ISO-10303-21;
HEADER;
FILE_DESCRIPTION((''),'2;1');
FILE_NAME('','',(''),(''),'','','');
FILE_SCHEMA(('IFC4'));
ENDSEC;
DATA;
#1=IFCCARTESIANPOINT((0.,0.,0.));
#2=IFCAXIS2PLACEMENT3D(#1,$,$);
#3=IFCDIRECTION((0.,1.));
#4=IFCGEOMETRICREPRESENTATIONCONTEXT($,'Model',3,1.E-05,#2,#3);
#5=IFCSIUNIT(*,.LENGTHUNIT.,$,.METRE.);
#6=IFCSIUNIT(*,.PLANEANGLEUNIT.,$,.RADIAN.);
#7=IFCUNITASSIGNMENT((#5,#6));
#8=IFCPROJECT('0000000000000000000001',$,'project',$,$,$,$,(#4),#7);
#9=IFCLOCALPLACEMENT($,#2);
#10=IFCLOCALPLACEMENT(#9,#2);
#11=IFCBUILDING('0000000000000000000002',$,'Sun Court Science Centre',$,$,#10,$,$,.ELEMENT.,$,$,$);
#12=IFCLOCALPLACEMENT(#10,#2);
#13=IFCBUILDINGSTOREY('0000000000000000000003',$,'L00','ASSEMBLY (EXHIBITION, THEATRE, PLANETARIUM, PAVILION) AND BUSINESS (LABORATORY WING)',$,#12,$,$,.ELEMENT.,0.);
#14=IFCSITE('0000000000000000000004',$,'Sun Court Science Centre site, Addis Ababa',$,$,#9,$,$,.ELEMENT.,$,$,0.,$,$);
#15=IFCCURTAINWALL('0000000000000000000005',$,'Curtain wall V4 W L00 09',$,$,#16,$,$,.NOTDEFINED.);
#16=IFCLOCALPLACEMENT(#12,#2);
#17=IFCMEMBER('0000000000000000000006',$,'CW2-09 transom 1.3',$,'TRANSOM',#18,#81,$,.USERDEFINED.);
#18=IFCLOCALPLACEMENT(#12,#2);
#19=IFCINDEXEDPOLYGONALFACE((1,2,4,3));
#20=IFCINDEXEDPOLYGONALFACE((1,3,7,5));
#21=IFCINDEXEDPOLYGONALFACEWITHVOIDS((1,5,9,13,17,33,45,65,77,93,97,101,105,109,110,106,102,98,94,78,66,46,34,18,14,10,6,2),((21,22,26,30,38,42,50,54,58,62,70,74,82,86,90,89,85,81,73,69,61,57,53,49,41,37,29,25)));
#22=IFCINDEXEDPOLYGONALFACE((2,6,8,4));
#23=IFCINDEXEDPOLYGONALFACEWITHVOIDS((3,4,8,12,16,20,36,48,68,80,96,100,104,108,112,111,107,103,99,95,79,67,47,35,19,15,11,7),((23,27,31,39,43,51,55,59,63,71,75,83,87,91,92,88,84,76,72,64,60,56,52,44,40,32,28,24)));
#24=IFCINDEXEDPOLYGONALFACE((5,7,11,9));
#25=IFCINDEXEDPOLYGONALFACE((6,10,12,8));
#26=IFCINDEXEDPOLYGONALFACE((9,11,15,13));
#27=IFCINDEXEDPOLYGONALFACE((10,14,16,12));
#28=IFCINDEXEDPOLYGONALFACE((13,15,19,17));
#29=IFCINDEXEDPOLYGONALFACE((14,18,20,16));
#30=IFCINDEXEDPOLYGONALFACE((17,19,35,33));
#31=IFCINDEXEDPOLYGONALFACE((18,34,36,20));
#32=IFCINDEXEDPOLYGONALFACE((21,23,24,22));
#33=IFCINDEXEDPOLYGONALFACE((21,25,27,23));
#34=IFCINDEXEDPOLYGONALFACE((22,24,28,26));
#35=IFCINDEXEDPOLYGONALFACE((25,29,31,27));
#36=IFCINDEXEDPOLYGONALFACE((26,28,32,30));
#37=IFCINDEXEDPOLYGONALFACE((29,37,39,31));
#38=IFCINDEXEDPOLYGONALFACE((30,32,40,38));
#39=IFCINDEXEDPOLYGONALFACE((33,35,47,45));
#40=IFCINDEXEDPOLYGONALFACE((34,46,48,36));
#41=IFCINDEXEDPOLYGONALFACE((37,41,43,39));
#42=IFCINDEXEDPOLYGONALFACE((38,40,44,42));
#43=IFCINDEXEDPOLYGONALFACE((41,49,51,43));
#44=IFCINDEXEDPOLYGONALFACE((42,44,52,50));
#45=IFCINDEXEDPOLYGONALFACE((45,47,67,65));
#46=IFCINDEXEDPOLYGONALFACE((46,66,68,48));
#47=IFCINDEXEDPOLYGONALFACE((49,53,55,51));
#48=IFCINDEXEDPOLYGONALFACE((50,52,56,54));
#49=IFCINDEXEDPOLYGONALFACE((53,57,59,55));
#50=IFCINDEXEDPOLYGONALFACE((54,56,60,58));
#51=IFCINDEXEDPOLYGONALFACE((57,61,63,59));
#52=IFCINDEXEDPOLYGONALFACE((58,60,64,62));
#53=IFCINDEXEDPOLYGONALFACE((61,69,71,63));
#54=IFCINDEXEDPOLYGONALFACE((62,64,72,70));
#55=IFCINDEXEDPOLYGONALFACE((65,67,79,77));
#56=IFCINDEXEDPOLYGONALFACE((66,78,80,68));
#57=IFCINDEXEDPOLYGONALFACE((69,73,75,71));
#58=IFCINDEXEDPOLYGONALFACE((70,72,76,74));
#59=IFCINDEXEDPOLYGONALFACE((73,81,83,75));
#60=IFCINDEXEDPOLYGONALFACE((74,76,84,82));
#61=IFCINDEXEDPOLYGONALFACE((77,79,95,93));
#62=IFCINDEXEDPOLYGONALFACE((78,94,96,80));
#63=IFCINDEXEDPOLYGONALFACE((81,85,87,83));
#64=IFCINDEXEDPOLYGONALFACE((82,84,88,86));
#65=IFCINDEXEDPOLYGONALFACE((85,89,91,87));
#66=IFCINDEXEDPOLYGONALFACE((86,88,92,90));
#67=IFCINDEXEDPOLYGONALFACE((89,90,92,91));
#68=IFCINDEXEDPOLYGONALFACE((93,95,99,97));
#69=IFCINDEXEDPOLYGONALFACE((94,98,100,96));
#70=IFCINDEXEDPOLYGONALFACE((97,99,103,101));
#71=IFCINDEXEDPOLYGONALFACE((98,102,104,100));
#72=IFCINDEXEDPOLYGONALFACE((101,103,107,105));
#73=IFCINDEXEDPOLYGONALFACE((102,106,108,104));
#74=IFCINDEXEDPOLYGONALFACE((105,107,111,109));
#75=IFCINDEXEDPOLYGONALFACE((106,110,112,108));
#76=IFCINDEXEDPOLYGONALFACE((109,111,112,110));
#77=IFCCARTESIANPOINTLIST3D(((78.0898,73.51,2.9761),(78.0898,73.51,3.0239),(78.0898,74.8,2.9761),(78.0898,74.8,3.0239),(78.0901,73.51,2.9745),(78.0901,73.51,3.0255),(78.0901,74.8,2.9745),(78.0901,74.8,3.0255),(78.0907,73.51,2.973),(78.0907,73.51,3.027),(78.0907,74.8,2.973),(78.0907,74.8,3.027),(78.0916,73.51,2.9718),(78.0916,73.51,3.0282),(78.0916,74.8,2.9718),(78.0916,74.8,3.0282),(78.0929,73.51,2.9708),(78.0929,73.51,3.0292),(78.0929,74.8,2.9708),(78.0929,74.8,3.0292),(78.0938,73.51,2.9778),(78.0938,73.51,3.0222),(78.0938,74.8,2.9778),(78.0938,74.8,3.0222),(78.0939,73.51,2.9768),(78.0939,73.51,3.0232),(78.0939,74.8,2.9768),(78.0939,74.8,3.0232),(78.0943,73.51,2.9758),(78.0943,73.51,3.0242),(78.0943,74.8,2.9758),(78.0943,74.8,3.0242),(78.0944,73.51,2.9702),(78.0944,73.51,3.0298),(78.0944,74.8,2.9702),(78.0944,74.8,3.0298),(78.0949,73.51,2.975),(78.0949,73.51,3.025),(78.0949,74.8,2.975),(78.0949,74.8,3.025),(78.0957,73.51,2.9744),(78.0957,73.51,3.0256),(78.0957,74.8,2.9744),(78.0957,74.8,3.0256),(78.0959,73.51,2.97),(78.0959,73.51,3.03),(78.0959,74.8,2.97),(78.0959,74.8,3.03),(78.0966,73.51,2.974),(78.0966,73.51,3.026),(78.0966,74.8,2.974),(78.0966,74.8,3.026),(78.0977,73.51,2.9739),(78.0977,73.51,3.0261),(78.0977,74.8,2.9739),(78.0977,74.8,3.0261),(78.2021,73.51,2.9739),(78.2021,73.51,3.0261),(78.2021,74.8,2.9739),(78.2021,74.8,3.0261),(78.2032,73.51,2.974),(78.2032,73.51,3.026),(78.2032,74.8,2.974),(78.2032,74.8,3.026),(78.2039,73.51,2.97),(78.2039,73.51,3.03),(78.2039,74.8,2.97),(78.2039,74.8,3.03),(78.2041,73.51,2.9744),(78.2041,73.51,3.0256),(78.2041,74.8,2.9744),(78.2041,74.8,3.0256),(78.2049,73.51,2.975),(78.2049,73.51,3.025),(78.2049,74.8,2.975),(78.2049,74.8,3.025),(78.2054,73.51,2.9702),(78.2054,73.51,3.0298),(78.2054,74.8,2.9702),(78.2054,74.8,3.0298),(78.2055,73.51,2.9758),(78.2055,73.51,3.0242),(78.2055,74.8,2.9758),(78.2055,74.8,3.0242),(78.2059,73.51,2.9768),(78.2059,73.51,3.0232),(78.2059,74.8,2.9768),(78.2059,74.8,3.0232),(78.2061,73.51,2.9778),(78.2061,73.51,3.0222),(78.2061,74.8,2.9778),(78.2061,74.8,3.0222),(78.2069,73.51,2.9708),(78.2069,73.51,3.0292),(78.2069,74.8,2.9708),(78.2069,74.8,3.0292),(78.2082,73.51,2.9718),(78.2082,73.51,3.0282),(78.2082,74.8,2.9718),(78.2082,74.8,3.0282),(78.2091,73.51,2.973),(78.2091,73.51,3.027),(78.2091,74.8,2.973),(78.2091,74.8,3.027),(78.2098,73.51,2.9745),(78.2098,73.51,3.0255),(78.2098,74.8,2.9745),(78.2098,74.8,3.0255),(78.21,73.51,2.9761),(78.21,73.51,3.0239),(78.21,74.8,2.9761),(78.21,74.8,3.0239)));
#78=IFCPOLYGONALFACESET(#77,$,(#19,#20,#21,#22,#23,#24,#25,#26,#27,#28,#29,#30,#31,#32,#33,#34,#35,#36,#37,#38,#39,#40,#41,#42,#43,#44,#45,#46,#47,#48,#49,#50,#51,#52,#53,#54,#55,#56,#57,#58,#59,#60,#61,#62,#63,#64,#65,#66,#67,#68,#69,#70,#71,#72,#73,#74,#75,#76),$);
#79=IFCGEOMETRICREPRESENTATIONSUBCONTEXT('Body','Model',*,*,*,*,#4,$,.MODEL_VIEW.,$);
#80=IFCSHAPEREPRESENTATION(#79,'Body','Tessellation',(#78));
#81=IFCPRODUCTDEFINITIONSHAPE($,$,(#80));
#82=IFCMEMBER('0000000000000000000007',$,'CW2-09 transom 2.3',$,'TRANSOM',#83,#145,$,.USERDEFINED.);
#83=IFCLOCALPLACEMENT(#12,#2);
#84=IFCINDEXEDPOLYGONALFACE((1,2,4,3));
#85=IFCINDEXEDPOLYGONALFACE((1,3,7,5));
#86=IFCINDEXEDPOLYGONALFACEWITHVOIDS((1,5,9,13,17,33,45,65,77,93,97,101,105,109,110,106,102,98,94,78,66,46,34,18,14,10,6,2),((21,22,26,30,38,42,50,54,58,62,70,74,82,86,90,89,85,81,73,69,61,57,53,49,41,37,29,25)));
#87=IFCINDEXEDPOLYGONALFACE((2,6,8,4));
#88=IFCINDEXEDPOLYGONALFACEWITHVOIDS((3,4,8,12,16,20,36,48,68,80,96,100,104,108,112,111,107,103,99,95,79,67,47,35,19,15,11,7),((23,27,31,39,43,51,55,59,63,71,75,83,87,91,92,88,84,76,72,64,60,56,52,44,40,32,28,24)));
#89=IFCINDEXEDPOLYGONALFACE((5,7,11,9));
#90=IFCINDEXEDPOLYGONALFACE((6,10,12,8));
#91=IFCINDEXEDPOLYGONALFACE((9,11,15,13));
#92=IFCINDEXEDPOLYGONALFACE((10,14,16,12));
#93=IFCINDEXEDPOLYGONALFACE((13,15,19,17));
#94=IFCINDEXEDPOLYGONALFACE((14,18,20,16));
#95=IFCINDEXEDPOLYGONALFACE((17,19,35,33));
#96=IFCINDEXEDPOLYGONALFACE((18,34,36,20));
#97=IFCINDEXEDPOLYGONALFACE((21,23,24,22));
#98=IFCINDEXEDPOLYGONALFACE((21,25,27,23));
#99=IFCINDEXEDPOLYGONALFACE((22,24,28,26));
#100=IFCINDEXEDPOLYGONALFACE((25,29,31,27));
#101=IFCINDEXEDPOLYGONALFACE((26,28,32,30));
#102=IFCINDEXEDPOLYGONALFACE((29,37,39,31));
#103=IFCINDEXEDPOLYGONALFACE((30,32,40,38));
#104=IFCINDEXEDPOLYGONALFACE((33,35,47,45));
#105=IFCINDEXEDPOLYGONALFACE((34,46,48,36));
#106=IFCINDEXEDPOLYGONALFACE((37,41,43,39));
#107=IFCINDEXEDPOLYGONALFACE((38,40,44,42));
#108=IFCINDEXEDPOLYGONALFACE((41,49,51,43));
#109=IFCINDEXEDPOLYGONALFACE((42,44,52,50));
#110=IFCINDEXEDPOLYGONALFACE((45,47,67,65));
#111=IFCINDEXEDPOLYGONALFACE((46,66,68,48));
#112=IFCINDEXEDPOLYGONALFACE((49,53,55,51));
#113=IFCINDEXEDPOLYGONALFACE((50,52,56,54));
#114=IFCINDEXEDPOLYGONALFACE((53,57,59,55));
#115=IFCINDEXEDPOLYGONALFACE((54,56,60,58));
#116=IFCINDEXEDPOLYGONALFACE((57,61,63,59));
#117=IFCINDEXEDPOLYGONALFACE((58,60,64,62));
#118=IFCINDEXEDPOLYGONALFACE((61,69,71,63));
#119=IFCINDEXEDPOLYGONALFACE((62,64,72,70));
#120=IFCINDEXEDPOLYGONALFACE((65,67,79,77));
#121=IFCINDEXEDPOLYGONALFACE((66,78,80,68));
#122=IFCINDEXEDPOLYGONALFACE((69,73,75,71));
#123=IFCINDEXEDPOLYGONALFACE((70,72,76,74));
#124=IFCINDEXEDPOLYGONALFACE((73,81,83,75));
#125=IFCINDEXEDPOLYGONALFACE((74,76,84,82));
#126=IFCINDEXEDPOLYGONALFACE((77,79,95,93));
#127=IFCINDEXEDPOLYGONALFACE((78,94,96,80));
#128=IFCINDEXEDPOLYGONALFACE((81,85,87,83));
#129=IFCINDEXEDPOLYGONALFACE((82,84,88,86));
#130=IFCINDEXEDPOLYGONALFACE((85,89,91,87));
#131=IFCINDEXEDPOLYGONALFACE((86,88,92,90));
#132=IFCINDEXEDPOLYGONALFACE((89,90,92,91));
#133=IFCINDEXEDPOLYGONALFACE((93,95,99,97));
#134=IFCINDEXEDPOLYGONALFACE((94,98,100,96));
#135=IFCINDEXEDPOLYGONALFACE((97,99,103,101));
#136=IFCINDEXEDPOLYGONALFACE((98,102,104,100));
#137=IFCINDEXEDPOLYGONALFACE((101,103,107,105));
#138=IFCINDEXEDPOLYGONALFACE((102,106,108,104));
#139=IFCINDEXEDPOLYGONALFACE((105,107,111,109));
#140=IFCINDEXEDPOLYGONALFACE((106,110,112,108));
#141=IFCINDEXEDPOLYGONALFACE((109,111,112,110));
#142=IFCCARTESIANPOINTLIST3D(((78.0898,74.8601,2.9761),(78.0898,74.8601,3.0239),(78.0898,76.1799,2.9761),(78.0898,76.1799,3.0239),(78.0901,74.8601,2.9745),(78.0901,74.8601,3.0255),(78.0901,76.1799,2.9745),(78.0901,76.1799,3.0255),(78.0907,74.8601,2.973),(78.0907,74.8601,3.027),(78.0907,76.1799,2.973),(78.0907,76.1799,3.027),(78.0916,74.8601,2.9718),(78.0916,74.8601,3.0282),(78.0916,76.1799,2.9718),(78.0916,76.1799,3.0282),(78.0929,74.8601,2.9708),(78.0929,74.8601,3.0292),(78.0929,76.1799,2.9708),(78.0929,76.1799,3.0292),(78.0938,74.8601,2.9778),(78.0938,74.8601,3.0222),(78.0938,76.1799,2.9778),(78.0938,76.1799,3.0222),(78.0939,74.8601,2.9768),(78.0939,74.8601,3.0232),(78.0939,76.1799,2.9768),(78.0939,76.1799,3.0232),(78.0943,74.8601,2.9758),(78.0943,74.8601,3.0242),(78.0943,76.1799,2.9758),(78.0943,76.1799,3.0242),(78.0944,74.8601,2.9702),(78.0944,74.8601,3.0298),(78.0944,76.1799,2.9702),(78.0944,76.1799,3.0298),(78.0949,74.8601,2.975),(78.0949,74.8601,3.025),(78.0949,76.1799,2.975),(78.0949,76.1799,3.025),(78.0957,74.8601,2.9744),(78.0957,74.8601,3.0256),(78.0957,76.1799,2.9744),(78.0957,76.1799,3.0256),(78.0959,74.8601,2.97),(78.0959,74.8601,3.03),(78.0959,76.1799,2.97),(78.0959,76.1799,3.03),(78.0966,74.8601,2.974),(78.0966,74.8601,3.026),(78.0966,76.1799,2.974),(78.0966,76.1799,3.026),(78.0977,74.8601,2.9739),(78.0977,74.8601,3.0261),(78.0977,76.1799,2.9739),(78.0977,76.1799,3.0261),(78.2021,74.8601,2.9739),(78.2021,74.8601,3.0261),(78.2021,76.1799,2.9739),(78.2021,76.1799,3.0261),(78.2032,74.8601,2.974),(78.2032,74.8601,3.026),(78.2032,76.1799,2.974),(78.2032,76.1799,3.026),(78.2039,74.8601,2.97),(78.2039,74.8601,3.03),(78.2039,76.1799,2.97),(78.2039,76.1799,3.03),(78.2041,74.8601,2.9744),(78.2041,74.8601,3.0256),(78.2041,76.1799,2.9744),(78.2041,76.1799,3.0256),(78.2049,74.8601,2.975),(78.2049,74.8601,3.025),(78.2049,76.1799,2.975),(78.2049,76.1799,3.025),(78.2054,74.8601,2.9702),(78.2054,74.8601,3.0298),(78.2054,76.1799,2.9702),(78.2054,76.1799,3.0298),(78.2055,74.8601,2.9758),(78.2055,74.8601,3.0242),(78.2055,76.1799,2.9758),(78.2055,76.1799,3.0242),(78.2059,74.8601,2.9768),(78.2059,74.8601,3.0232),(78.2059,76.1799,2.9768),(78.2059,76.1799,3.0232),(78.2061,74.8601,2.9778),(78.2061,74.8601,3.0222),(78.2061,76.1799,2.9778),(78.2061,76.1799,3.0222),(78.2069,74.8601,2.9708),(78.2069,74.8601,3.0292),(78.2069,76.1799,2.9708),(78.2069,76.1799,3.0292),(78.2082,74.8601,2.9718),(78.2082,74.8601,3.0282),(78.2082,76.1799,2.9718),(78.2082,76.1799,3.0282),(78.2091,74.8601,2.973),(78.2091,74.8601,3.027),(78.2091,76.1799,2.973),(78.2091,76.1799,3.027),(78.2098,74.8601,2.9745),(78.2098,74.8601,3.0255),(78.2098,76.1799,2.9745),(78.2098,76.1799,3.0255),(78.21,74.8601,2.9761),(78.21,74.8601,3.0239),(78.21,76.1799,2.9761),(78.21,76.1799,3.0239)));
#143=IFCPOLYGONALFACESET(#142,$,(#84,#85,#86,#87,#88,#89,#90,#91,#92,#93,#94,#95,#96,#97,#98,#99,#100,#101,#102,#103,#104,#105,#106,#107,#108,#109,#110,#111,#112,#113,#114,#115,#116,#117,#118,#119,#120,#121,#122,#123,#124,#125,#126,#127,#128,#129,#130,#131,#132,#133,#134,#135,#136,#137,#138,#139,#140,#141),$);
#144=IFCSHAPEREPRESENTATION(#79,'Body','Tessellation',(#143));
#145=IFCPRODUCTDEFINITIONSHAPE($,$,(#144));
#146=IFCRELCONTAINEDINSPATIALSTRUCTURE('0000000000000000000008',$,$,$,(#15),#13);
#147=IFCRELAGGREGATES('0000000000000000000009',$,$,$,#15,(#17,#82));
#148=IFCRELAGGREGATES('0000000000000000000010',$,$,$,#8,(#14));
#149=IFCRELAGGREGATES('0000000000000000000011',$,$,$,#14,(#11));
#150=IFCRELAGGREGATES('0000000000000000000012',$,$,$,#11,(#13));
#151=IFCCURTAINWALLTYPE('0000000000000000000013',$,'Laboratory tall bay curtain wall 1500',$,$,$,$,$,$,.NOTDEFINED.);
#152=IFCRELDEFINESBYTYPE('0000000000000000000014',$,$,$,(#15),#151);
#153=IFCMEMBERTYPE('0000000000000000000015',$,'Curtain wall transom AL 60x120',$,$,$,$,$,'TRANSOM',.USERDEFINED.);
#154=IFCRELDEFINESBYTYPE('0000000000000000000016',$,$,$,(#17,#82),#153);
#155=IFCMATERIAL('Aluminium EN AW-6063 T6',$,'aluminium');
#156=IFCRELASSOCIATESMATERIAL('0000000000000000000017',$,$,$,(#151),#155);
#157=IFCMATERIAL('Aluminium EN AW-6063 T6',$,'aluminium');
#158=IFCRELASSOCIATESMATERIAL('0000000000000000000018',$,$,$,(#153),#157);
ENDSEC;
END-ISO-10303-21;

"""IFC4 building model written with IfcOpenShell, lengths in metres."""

from ifc_helpers import new_model, si_unit, direction, frame, origin, origin_2d, place, context, subcontext, project, spatial, hollow_rectangle, extrude, material, material_profile, profile_set, type_object, element, aggregate, save


model = new_model("IFC4")

# Units and contexts
model_context = context("Model", 3, precision=1e-05, world=origin(), true_north=direction((0.0, 1.0)))
body_context = subcontext(model_context, "Body", "Model", "MODEL_VIEW")
ifc_project = project(units=[si_unit("LENGTHUNIT", "METRE"), si_unit("PLANEANGLEUNIT", "RADIAN")], contexts=[model_context])

# Site, building, storey
site_placement = place(None, origin())
site = spatial("IfcSite", under=ifc_project, at=site_placement, Name="Sun Court Science Centre site, Addis Ababa", CompositionType="ELEMENT", RefElevation=0.0)
building_placement = place(site_placement, origin())
building = spatial("IfcBuilding", under=site, at=building_placement, Name="Sun Court Science Centre", CompositionType="ELEMENT")
storey_placement = place(building_placement, origin())
storey = spatial("IfcBuildingStorey", under=building, at=storey_placement, Name="L00", Description="ASSEMBLY (EXHIBITION, THEATRE, PLANETARIUM, PAVILION) AND BUSINESS (LABORATORY WING)", CompositionType="ELEMENT", Elevation=0.0)

# Curtain wall
ifc_material_1 = material(Name="Aluminium EN AW-6063 T6", Category="aluminium")
curtain_wall_type = type_object("IfcCurtainWallType", Name="Laboratory tall bay curtain wall 1500", PredefinedType="NOTDEFINED", material=ifc_material_1)
curtain_wall_1_placement = place(storey_placement, origin())
curtain_wall_1 = element("IfcCurtainWall", 1, at=curtain_wall_1_placement, inside=storey, type_object=curtain_wall_type, Name="Curtain wall V4 W L00 09", PredefinedType="NOTDEFINED")

# Members
ifc_material_2 = material(Name="Aluminium EN AW-6063 T6", Category="aluminium")
ifc_material_profile_1 = material_profile(ifc_material_2, hollow_rectangle(XDim=0.0601, YDim=0.1201, WallThickness=0.0039, InnerFilletRadius=0.0039, OuterFilletRadius=0.0061, at=origin_2d()), Name="AL 60x120x4")
ifc_profile_set_1 = profile_set([ifc_material_profile_1], Name="Aluminium EN AW-6063 T6")
member_type_1 = type_object("IfcMemberType", Name="Curtain wall transom AL 60x120", ElementType="TRANSOM", PredefinedType="USERDEFINED", material=ifc_profile_set_1)
member_1_placement = place(storey_placement, frame((78.1499, 73.51, 3.0), z_axis=(0.0, 1.0, 0.0), x_axis=(0.0, 0.0, 1.0)))
member_1 = element("IfcMember", 2, at=member_1_placement, type_object=member_type_1, Name="CW2-09 transom 1.3", ObjectType="TRANSOM", PredefinedType="USERDEFINED", context=body_context, shape_type="SweptSolid", body=[
    extrude(hollow_rectangle(XDim=0.0601, YDim=0.1201, WallThickness=0.0039, InnerFilletRadius=0.0039, OuterFilletRadius=0.0061, at=origin_2d()), origin(), (0.0, 0.0, 1.0), 1.29),
])
member_2_placement = place(storey_placement, frame((78.1499, 74.8601, 3.0), z_axis=(0.0, 1.0, 0.0), x_axis=(0.0, 0.0, 1.0)))
member_2 = element("IfcMember", 3, at=member_2_placement, type_object=member_type_1, Name="CW2-09 transom 2.3", ObjectType="TRANSOM", PredefinedType="USERDEFINED", context=body_context, shape_type="SweptSolid", body=[
    extrude(hollow_rectangle(XDim=0.0601, YDim=0.1201, WallThickness=0.0039, InnerFilletRadius=0.0039, OuterFilletRadius=0.0061, at=origin_2d()), origin(), (0.0, 0.0, 1.0), 1.3198),
])

aggregate(curtain_wall_1, [member_1, member_2])

save(model, "model.ifc")
